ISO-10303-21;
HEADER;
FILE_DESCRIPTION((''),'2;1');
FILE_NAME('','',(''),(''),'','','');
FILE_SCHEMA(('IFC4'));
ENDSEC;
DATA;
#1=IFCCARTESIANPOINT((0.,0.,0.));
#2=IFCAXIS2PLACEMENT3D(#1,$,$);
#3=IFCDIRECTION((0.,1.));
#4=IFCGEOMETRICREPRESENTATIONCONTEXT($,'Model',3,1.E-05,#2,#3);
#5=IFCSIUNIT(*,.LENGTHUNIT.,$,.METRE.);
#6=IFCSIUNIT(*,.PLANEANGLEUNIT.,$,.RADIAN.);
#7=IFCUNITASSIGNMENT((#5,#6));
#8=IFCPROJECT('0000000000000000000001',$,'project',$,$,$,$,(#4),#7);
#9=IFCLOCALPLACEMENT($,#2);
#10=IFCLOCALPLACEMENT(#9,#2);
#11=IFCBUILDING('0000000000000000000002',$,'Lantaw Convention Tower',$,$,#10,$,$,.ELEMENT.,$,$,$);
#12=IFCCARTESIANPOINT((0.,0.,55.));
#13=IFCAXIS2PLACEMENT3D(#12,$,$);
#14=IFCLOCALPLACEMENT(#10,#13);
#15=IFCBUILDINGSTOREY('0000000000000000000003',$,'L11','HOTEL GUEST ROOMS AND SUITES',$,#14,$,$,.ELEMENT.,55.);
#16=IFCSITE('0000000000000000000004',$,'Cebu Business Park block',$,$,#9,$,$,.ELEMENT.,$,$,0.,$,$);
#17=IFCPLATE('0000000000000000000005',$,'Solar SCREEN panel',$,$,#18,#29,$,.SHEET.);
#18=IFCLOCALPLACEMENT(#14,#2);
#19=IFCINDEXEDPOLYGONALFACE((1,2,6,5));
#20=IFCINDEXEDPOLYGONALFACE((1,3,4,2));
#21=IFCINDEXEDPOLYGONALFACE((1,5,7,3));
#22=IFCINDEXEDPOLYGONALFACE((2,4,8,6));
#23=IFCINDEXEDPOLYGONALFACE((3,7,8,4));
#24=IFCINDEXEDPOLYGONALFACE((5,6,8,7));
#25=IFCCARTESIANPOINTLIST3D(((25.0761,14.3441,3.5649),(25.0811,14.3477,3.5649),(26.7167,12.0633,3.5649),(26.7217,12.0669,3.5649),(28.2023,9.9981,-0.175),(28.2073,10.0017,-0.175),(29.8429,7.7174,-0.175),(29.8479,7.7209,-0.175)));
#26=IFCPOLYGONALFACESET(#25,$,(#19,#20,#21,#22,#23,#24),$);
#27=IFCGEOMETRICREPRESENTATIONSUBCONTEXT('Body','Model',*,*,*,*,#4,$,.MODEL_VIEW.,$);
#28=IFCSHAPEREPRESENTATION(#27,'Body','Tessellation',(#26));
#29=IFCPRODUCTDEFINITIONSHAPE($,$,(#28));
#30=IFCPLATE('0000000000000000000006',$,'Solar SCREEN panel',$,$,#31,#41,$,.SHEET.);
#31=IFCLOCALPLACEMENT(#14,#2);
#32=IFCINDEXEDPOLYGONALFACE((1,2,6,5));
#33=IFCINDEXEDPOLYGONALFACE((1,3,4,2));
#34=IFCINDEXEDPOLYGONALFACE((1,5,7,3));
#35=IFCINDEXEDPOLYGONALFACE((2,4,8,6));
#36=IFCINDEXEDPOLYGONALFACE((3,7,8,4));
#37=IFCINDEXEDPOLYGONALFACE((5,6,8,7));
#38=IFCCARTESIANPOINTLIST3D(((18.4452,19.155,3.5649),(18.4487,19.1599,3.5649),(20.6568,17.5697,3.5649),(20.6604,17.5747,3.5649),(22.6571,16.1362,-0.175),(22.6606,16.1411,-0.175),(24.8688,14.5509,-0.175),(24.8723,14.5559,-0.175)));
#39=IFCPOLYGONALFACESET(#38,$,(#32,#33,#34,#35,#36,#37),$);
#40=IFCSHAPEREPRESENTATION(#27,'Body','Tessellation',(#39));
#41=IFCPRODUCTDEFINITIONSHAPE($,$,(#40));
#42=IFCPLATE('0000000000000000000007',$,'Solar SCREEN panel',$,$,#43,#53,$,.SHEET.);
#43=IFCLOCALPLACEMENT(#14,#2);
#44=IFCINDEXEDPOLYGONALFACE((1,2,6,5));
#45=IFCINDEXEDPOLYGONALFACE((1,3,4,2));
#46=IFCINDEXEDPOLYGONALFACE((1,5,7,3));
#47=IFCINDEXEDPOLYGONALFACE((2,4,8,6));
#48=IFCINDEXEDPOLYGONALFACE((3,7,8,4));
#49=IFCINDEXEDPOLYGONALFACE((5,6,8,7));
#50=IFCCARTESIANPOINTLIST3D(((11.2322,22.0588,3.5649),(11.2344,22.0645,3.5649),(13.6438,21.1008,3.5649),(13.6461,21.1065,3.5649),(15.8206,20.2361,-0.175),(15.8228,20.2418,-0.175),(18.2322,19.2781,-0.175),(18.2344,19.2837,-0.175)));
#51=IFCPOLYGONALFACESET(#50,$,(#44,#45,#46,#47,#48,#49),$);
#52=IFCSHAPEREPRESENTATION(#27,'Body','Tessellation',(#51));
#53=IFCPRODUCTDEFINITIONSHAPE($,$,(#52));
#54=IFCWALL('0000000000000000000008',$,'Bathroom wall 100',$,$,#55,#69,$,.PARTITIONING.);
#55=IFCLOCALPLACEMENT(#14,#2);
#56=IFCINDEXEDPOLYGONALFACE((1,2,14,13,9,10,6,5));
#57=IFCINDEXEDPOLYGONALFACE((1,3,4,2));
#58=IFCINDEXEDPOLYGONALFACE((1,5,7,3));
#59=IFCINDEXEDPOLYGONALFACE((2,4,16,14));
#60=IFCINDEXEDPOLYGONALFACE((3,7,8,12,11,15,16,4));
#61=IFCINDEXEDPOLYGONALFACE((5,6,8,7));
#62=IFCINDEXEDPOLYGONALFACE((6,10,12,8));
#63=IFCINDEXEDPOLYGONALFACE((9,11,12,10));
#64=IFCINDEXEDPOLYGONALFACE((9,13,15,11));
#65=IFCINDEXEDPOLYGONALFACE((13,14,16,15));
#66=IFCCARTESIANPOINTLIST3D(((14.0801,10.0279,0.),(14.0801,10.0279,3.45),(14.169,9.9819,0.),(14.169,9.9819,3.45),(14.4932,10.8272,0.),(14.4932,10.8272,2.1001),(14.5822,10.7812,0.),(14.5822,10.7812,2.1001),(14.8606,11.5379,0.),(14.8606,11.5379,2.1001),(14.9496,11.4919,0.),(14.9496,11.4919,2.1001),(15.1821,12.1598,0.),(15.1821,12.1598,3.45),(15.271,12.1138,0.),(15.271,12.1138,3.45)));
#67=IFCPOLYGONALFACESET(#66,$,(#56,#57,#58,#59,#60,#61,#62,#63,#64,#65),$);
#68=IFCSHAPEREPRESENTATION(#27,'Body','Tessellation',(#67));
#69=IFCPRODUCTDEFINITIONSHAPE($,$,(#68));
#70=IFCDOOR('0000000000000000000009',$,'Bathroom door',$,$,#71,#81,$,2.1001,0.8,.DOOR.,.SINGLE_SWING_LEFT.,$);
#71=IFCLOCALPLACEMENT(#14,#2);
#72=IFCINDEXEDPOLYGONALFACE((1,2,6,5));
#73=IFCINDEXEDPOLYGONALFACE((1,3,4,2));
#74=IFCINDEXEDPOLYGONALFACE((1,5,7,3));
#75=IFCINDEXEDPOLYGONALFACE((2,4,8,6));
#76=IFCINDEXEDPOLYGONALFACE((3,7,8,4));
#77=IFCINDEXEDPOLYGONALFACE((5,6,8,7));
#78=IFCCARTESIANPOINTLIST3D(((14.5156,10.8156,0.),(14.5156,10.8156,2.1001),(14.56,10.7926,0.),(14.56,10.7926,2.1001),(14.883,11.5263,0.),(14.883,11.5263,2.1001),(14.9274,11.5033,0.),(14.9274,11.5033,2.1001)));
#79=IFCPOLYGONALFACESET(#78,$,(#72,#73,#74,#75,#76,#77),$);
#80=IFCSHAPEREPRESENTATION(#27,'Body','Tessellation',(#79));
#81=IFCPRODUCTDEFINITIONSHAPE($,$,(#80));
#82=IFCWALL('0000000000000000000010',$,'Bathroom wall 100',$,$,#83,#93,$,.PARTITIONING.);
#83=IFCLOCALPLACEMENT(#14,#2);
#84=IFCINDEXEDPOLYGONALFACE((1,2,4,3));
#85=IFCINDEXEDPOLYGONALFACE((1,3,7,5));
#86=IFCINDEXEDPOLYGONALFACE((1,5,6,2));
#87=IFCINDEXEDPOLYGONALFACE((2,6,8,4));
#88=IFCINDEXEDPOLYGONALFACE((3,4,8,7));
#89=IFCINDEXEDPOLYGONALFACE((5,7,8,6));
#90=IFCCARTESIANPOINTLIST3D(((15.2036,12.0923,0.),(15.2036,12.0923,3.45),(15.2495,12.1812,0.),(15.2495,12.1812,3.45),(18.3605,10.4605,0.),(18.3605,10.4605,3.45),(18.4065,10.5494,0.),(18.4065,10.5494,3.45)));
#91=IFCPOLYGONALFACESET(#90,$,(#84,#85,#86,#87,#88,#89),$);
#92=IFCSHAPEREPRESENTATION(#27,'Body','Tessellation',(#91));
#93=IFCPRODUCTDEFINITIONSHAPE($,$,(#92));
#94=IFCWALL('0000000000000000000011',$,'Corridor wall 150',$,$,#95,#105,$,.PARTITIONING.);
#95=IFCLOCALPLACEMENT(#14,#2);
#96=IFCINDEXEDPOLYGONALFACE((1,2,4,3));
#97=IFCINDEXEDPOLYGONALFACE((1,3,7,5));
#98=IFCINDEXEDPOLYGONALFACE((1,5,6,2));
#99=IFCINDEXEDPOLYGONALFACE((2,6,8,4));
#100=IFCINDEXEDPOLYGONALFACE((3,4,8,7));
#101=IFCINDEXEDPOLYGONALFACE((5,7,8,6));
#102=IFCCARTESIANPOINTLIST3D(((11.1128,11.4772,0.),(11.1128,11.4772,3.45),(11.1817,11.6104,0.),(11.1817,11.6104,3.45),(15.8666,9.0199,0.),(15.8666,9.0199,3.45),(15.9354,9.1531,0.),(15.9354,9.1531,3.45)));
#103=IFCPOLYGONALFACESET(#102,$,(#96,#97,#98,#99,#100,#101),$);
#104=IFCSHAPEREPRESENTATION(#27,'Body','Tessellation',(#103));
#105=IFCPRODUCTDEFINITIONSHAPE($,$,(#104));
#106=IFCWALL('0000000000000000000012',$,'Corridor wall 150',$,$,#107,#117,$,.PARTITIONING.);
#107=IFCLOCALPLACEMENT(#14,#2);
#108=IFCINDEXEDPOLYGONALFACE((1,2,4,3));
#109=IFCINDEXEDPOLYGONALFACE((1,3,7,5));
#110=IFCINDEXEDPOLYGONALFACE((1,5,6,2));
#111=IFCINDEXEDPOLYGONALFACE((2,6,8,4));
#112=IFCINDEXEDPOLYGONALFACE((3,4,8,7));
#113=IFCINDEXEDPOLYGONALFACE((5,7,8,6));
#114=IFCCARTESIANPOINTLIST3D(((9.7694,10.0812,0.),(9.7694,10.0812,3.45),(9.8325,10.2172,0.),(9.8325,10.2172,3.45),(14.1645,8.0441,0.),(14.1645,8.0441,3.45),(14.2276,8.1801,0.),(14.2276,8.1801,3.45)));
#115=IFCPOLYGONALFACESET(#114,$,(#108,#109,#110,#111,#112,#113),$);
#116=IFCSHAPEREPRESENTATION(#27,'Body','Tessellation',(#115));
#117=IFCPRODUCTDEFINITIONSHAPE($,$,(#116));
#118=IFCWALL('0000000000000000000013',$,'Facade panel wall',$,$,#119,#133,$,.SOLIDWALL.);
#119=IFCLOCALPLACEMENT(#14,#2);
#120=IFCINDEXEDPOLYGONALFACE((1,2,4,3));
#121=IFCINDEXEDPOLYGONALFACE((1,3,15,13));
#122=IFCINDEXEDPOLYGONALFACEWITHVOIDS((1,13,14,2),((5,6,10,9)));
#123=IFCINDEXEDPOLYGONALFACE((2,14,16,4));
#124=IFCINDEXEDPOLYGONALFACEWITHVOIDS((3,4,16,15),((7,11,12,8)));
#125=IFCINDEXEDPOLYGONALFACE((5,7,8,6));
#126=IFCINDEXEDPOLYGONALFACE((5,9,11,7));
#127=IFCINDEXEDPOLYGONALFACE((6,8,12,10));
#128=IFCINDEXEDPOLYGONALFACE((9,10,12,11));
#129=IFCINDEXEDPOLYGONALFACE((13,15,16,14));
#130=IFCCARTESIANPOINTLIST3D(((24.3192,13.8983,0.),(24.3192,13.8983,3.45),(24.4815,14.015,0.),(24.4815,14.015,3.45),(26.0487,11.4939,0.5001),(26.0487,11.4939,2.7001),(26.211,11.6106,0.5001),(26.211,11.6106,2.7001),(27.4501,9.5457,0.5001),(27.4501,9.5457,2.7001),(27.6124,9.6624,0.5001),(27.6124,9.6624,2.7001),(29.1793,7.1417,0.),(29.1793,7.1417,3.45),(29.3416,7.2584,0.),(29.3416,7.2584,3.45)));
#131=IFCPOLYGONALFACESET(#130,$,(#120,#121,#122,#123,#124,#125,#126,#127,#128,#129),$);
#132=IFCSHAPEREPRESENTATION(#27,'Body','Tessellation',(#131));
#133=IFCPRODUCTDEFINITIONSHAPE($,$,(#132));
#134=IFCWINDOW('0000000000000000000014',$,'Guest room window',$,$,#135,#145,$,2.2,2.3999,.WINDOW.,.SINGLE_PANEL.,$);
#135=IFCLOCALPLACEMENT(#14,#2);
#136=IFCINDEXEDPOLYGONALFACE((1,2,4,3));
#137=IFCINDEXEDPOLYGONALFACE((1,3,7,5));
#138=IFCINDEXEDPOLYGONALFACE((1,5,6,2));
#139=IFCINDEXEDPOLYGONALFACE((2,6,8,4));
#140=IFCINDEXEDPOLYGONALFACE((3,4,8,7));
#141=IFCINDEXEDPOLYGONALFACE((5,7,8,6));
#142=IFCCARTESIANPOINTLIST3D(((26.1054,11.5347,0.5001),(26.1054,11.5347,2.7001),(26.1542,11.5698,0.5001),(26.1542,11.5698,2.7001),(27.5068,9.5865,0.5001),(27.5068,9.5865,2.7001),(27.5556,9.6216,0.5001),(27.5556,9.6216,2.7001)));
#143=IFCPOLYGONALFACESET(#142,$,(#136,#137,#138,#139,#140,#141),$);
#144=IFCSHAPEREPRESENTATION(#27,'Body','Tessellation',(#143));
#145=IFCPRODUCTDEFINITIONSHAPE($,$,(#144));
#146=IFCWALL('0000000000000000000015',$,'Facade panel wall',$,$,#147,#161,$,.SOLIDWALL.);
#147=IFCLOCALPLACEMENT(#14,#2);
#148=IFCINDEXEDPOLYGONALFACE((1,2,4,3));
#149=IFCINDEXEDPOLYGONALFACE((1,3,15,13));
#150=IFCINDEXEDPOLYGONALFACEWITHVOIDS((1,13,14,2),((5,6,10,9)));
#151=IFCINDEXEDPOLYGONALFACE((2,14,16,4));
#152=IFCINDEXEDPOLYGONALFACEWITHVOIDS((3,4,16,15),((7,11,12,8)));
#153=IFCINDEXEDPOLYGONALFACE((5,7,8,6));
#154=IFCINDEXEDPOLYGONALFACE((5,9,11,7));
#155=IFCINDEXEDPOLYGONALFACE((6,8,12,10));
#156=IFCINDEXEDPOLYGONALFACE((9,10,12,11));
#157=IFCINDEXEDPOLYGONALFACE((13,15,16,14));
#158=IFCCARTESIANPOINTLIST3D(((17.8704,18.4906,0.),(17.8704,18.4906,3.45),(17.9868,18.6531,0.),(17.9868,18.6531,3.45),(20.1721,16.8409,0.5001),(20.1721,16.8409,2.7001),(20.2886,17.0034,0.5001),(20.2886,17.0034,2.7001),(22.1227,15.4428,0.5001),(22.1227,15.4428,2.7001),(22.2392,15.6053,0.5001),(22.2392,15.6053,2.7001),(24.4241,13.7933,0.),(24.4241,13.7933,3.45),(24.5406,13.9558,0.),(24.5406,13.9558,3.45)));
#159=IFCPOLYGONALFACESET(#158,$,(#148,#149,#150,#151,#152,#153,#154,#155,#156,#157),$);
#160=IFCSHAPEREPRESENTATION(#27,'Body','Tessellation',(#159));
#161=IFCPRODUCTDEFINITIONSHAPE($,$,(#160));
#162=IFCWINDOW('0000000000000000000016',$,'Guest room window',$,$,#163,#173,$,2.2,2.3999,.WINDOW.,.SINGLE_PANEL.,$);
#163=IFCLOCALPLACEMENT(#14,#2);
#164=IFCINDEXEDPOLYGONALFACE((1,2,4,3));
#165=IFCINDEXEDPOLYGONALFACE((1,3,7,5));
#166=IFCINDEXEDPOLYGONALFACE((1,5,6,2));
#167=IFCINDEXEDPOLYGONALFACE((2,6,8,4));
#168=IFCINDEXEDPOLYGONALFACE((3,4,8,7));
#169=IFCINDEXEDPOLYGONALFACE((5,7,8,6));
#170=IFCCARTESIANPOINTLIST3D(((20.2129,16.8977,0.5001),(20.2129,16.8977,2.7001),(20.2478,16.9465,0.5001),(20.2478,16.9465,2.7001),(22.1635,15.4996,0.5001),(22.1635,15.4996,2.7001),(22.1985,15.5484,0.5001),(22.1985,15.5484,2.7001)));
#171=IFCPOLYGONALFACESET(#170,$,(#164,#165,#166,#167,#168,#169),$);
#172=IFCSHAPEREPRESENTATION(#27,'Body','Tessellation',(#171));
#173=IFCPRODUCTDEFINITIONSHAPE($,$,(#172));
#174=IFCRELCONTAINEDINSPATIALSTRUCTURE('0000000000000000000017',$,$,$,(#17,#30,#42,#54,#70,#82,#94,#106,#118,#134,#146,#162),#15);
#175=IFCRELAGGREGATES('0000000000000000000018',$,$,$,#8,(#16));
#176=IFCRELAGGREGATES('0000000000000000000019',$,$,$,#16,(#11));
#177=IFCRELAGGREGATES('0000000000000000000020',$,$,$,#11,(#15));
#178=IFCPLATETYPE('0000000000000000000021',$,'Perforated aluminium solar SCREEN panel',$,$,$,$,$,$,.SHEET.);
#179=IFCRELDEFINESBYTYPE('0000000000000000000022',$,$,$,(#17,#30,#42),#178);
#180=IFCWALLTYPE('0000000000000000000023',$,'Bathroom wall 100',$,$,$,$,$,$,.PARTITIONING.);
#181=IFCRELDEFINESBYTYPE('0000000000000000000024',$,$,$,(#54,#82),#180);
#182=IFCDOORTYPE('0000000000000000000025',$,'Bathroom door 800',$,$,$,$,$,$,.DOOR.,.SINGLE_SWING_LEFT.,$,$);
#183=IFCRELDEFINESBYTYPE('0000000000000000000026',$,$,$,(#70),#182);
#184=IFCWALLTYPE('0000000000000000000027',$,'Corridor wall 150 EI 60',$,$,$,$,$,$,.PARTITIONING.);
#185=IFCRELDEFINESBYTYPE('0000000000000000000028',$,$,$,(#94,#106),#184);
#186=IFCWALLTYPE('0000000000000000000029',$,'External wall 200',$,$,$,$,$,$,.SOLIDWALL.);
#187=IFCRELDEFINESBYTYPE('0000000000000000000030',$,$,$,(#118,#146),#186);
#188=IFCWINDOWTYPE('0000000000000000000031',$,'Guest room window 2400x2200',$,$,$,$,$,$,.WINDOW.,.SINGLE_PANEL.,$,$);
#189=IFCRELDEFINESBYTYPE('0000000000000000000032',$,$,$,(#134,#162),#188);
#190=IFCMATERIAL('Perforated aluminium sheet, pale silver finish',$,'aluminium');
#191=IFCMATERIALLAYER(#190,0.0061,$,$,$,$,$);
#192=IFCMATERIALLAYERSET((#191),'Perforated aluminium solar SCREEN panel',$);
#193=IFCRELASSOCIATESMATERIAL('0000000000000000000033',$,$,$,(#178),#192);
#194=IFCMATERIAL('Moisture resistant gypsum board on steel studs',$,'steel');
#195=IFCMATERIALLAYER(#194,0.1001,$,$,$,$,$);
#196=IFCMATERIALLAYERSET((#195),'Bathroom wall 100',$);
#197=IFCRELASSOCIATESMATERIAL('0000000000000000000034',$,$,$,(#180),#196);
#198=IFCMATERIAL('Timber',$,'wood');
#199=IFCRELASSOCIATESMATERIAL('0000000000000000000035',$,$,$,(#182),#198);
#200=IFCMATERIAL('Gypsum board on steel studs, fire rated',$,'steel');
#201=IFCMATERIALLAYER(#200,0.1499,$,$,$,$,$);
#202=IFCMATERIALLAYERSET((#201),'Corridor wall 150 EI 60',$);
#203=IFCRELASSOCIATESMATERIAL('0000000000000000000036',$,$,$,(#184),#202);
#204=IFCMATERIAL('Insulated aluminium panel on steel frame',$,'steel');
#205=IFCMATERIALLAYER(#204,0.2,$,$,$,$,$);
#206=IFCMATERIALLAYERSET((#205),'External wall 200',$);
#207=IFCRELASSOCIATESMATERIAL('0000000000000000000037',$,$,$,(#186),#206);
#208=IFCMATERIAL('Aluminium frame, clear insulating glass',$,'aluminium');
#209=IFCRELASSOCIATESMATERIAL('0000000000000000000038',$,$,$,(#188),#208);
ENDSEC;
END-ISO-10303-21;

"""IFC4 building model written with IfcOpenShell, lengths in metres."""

from ifc_helpers import new_model, si_unit, direction, frame, frame_2d, origin, place, context, subcontext, project, spatial, polyline, rectangle, outline, extrude, material, layer, layer_set, type_object, element, fill, save


model = new_model("IFC4")

# Units and contexts
model_context = context("Model", 3, precision=1e-05, world=origin(), true_north=direction((0.0, 1.0)))
body_context = subcontext(model_context, "Body", "Model", "MODEL_VIEW")
ifc_project = project(units=[si_unit("LENGTHUNIT", "METRE"), si_unit("PLANEANGLEUNIT", "RADIAN")], contexts=[model_context])

# Site, building, storey
site_placement = place(None, origin())
site = spatial("IfcSite", under=ifc_project, at=site_placement, Name="Cebu Business Park block", CompositionType="ELEMENT", RefElevation=0.0)
building_placement = place(site_placement, origin())
building = spatial("IfcBuilding", under=site, at=building_placement, Name="Lantaw Convention Tower", CompositionType="ELEMENT")
storey_placement = place(building_placement, frame((0.0, 0.0, 55.0)))
storey = spatial("IfcBuildingStorey", under=building, at=storey_placement, Name="L11", Description="HOTEL GUEST ROOMS AND SUITES", CompositionType="ELEMENT", Elevation=55.0)

# Plates
ifc_material_1 = material(Name="Perforated aluminium sheet, pale silver finish", Category="aluminium")
ifc_layer_1 = layer(ifc_material_1, 0.0061)
ifc_layer_set_1 = layer_set([ifc_layer_1], Name="Perforated aluminium solar SCREEN panel")
plate_type = type_object("IfcPlateType", Name="Perforated aluminium solar SCREEN panel", PredefinedType="SHEET", material=ifc_layer_set_1)
plate_1_placement = place(storey_placement, frame((29.8479, 7.7209, -0.175), z_axis=(0.811791, 0.583948, 0.000009), x_axis=(-0.583948, 0.811791, 0.0)))
element("IfcPlate", 1, at=plate_1_placement, inside=storey, type_object=plate_type, Name="Solar SCREEN panel", PredefinedType="SHEET", context=body_context, shape_type="SweptSolid", body=[
    extrude(outline(polyline([(0.0, 0.0), (2.8095, 0.0), (8.1631, 3.74), (5.3536, 3.74), (0.0, 0.0)])), origin(), (0.0, 0.0, -1.0), 0.0061),
])
plate_2_placement = place(storey_placement, frame((24.8723, 14.5559, -0.175), z_axis=(0.582561, 0.812787, 0.000016), x_axis=(-0.812787, 0.582561, 0.0)))
element("IfcPlate", 2, at=plate_2_placement, inside=storey, type_object=plate_type, Name="Solar SCREEN panel", PredefinedType="SHEET", context=body_context, shape_type="SweptSolid", body=[
    extrude(outline(polyline([(0.0, 0.0), (2.7211, 0.0), (7.9031, 3.74), (5.182, 3.74), (0.0, 0.0)])), origin(), (0.0, 0.0, -1.0), 0.0061),
])
plate_3_placement = place(storey_placement, frame((18.2322, 19.2781, -0.175), z_axis=(-0.369184, -0.929357, 0.000009), x_axis=(-0.929357, 0.369184, 0.0)))
element("IfcPlate", 3, at=plate_3_placement, inside=storey, type_object=plate_type, Name="Solar SCREEN panel", PredefinedType="SHEET", context=body_context, shape_type="SweptSolid", body=[
    extrude(outline(polyline([(0.0, 0.0), (2.5949, 0.0), (7.5321, -3.74), (4.9372, -3.74), (0.0, 0.0)])), origin(), (0.0, 0.0, -1.0), 0.0061),
])

# Wall, opening, door
ifc_material_2 = material(Name="Moisture resistant gypsum board on steel studs", Category="steel")
ifc_layer_2 = layer(ifc_material_2, 0.1001)
ifc_layer_set_2 = layer_set([ifc_layer_2], Name="Bathroom wall 100")
wall_type_1 = type_object("IfcWallType", Name="Bathroom wall 100", PredefinedType="PARTITIONING", material=ifc_layer_set_2)
wall_1_placement = place(storey_placement, frame((14.1245, 10.0049, 0.0), z_axis=(0.0, 0.0, 1.0), x_axis=(0.459218, 0.888324, 0.0)))
wall_1 = element("IfcWall", 4, at=wall_1_placement, inside=storey, type_object=wall_type_1, Name="Bathroom wall 100", PredefinedType="PARTITIONING", context=body_context, shape_type="SweptSolid", body=[
    extrude(rectangle(XDim=2.3999, YDim=0.1001, at=frame_2d((1.2, 0.0))), origin(), (0.0, 0.0, 1.0), 3.45),
])
opening_1_placement = place(wall_1_placement, frame((0.8999, 0.0, 0.0)))
opening_1 = element("IfcOpeningElement", 5, at=opening_1_placement, cuts=wall_1, PredefinedType="OPENING", context=body_context, shape_type="SweptSolid", body=[
    extrude(rectangle(XDim=0.8, YDim=2.1001, at=frame_2d((0.3999, 1.05))), frame((0.0, 0.0601, 0.0), z_axis=(0.0, -1.0, 0.0), x_axis=(1.0, 0.0, 0.0)), (0.0, 0.0, 1.0), 0.1201),
])
ifc_material_3 = material(Name="Timber", Category="wood")
door_type_1 = type_object("IfcDoorType", Name="Bathroom door 800", OperationType="SINGLE_SWING_LEFT", PredefinedType="DOOR", material=ifc_material_3)
door_1_placement = place(opening_1_placement, origin())
door_1 = element("IfcDoor", 6, at=door_1_placement, inside=storey, type_object=door_type_1, Name="Bathroom door", OperationType="SINGLE_SWING_LEFT", OverallHeight=2.1001, OverallWidth=0.8, PredefinedType="DOOR", context=body_context, shape_type="SweptSolid", body=[
    extrude(rectangle(XDim=0.8, YDim=2.1001, at=frame_2d((0.3999, 1.05))), frame((0.0, 0.0249, 0.0), z_axis=(0.0, -1.0, 0.0), x_axis=(1.0, 0.0, 0.0)), (0.0, 0.0, 1.0), 0.05),
])
fill(opening_1, door_1)

# Walls
wall_2_placement = place(storey_placement, frame((15.2266, 12.1367, 0.0), z_axis=(0.0, 0.0, 1.0), x_axis=(0.888342, -0.459182, 0.0)))
element("IfcWall", 7, at=wall_2_placement, inside=storey, type_object=wall_type_1, Name="Bathroom wall 100", PredefinedType="PARTITIONING", context=body_context, shape_type="SweptSolid", body=[
    extrude(rectangle(XDim=3.5537, YDim=0.1001, at=frame_2d((1.7769, 0.0))), origin(), (0.0, 0.0, 1.0), 3.45),
])
ifc_material_4 = material(Name="Gypsum board on steel studs, fire rated", Category="steel")
ifc_layer_3 = layer(ifc_material_4, 0.1499)
ifc_layer_set_3 = layer_set([ifc_layer_3], Name="Corridor wall 150 EI 60")
wall_type_2 = type_object("IfcWallType", Name="Corridor wall 150 EI 60", PredefinedType="PARTITIONING", material=ifc_layer_set_3)
wall_3_placement = place(storey_placement, frame((15.9011, 9.0864, 0.0), z_axis=(0.0, 0.0, 1.0), x_axis=(-0.888333, 0.459199, 0.0)))
element("IfcWall", 8, at=wall_3_placement, inside=storey, type_object=wall_type_2, Name="Corridor wall 150", PredefinedType="PARTITIONING", context=body_context, shape_type="SweptSolid", body=[
    extrude(rectangle(XDim=5.3513, YDim=0.1499, at=frame_2d((2.6758, 0.0))), origin(), (0.0, 0.0, 1.0), 3.45),
])
wall_4_placement = place(storey_placement, frame((14.196, 8.1121, 0.0), z_axis=(0.0, 0.0, 1.0), x_axis=(-0.90728, 0.420528, 0.0)))
element("IfcWall", 9, at=wall_4_placement, inside=storey, type_object=wall_type_2, Name="Corridor wall 150", PredefinedType="PARTITIONING", context=body_context, shape_type="SweptSolid", body=[
    extrude(rectangle(XDim=4.8442, YDim=0.1499, at=frame_2d((2.4221, 0.0))), origin(), (0.0, 0.0, 1.0), 3.45),
])

# Walls, openings, windows
ifc_material_5 = material(Name="Insulated aluminium panel on steel frame", Category="steel")
ifc_layer_4 = layer(ifc_material_5, 0.2)
ifc_layer_set_4 = layer_set([ifc_layer_4], Name="External wall 200")
wall_type_3 = type_object("IfcWallType", Name="External wall 200", PredefinedType="SOLIDWALL", material=ifc_layer_set_4)
wall_5_placement = place(storey_placement, frame((29.2605, 7.2, 0.0), z_axis=(0.0, 0.0, 1.0), x_axis=(-0.583938, 0.811799, 0.0)))
wall_5 = element("IfcWall", 10, at=wall_5_placement, inside=storey, type_object=wall_type_3, Name="Facade panel wall", PredefinedType="SOLIDWALL", context=body_context, shape_type="SweptSolid", body=[
    extrude(rectangle(XDim=8.323, YDim=0.2, at=frame_2d((4.1616, 0.0))), origin(), (0.0, 0.0, 1.0), 3.45),
])
opening_2_placement = place(wall_5_placement, frame((2.9614, 0.0, 0.5)))
opening_2 = element("IfcOpeningElement", 11, at=opening_2_placement, cuts=wall_5, PredefinedType="OPENING", context=body_context, shape_type="SweptSolid", body=[
    extrude(rectangle(XDim=2.3999, YDim=2.2, at=frame_2d((1.2, 1.1001))), frame((0.0, 0.1099, 0.0), z_axis=(0.0, -1.0, 0.0), x_axis=(1.0, 0.0, 0.0)), (0.0, 0.0, 1.0), 0.22),
])
ifc_material_6 = material(Name="Aluminium frame, clear insulating glass", Category="aluminium")
window_type = type_object("IfcWindowType", Name="Guest room window 2400x2200", PartitioningType="SINGLE_PANEL", PredefinedType="WINDOW", material=ifc_material_6)
window_1_placement = place(opening_2_placement, origin())
window_1 = element("IfcWindow", 12, at=window_1_placement, inside=storey, type_object=window_type, Name="Guest room window", OverallHeight=2.2, OverallWidth=2.3999, PartitioningType="SINGLE_PANEL", PredefinedType="WINDOW", context=body_context, shape_type="SweptSolid", body=[
    extrude(rectangle(XDim=2.3999, YDim=2.2, at=frame_2d((1.2, 1.1001))), frame((0.0, 0.03, 0.0), z_axis=(0.0, -1.0, 0.0), x_axis=(1.0, 0.0, 0.0)), (0.0, 0.0, 1.0), 0.0601),
])
fill(opening_2, window_1)
wall_6_placement = place(storey_placement, frame((24.4824, 13.8745, 0.0), z_axis=(0.0, 0.0, 1.0), x_axis=(-0.812791, 0.582555, 0.0)))
wall_6 = element("IfcWall", 13, at=wall_6_placement, inside=storey, type_object=wall_type_3, Name="Facade panel wall", PredefinedType="SOLIDWALL", context=body_context, shape_type="SweptSolid", body=[
    extrude(rectangle(XDim=8.0632, YDim=0.2, at=frame_2d((4.0317, 0.0))), origin(), (0.0, 0.0, 1.0), 3.45),
])
opening_3_placement = place(wall_6_placement, frame((2.8315, 0.0, 0.5)))
opening_3 = element("IfcOpeningElement", 14, at=opening_3_placement, cuts=wall_6, PredefinedType="OPENING", context=body_context, shape_type="SweptSolid", body=[
    extrude(rectangle(XDim=2.3999, YDim=2.2, at=frame_2d((1.2, 1.1001))), frame((0.0, 0.1099, 0.0), z_axis=(0.0, -1.0, 0.0), x_axis=(1.0, 0.0, 0.0)), (0.0, 0.0, 1.0), 0.22),
])
window_2_placement = place(opening_3_placement, origin())
window_2 = element("IfcWindow", 15, at=window_2_placement, inside=storey, type_object=window_type, Name="Guest room window", OverallHeight=2.2, OverallWidth=2.3999, PartitioningType="SINGLE_PANEL", PredefinedType="WINDOW", context=body_context, shape_type="SweptSolid", body=[
    extrude(rectangle(XDim=2.3999, YDim=2.2, at=frame_2d((1.2, 1.1001))), frame((0.0, 0.03, 0.0), z_axis=(0.0, -1.0, 0.0), x_axis=(1.0, 0.0, 0.0)), (0.0, 0.0, 1.0), 0.0601),
])
fill(opening_3, window_2)

save(model, "model.ifc")
